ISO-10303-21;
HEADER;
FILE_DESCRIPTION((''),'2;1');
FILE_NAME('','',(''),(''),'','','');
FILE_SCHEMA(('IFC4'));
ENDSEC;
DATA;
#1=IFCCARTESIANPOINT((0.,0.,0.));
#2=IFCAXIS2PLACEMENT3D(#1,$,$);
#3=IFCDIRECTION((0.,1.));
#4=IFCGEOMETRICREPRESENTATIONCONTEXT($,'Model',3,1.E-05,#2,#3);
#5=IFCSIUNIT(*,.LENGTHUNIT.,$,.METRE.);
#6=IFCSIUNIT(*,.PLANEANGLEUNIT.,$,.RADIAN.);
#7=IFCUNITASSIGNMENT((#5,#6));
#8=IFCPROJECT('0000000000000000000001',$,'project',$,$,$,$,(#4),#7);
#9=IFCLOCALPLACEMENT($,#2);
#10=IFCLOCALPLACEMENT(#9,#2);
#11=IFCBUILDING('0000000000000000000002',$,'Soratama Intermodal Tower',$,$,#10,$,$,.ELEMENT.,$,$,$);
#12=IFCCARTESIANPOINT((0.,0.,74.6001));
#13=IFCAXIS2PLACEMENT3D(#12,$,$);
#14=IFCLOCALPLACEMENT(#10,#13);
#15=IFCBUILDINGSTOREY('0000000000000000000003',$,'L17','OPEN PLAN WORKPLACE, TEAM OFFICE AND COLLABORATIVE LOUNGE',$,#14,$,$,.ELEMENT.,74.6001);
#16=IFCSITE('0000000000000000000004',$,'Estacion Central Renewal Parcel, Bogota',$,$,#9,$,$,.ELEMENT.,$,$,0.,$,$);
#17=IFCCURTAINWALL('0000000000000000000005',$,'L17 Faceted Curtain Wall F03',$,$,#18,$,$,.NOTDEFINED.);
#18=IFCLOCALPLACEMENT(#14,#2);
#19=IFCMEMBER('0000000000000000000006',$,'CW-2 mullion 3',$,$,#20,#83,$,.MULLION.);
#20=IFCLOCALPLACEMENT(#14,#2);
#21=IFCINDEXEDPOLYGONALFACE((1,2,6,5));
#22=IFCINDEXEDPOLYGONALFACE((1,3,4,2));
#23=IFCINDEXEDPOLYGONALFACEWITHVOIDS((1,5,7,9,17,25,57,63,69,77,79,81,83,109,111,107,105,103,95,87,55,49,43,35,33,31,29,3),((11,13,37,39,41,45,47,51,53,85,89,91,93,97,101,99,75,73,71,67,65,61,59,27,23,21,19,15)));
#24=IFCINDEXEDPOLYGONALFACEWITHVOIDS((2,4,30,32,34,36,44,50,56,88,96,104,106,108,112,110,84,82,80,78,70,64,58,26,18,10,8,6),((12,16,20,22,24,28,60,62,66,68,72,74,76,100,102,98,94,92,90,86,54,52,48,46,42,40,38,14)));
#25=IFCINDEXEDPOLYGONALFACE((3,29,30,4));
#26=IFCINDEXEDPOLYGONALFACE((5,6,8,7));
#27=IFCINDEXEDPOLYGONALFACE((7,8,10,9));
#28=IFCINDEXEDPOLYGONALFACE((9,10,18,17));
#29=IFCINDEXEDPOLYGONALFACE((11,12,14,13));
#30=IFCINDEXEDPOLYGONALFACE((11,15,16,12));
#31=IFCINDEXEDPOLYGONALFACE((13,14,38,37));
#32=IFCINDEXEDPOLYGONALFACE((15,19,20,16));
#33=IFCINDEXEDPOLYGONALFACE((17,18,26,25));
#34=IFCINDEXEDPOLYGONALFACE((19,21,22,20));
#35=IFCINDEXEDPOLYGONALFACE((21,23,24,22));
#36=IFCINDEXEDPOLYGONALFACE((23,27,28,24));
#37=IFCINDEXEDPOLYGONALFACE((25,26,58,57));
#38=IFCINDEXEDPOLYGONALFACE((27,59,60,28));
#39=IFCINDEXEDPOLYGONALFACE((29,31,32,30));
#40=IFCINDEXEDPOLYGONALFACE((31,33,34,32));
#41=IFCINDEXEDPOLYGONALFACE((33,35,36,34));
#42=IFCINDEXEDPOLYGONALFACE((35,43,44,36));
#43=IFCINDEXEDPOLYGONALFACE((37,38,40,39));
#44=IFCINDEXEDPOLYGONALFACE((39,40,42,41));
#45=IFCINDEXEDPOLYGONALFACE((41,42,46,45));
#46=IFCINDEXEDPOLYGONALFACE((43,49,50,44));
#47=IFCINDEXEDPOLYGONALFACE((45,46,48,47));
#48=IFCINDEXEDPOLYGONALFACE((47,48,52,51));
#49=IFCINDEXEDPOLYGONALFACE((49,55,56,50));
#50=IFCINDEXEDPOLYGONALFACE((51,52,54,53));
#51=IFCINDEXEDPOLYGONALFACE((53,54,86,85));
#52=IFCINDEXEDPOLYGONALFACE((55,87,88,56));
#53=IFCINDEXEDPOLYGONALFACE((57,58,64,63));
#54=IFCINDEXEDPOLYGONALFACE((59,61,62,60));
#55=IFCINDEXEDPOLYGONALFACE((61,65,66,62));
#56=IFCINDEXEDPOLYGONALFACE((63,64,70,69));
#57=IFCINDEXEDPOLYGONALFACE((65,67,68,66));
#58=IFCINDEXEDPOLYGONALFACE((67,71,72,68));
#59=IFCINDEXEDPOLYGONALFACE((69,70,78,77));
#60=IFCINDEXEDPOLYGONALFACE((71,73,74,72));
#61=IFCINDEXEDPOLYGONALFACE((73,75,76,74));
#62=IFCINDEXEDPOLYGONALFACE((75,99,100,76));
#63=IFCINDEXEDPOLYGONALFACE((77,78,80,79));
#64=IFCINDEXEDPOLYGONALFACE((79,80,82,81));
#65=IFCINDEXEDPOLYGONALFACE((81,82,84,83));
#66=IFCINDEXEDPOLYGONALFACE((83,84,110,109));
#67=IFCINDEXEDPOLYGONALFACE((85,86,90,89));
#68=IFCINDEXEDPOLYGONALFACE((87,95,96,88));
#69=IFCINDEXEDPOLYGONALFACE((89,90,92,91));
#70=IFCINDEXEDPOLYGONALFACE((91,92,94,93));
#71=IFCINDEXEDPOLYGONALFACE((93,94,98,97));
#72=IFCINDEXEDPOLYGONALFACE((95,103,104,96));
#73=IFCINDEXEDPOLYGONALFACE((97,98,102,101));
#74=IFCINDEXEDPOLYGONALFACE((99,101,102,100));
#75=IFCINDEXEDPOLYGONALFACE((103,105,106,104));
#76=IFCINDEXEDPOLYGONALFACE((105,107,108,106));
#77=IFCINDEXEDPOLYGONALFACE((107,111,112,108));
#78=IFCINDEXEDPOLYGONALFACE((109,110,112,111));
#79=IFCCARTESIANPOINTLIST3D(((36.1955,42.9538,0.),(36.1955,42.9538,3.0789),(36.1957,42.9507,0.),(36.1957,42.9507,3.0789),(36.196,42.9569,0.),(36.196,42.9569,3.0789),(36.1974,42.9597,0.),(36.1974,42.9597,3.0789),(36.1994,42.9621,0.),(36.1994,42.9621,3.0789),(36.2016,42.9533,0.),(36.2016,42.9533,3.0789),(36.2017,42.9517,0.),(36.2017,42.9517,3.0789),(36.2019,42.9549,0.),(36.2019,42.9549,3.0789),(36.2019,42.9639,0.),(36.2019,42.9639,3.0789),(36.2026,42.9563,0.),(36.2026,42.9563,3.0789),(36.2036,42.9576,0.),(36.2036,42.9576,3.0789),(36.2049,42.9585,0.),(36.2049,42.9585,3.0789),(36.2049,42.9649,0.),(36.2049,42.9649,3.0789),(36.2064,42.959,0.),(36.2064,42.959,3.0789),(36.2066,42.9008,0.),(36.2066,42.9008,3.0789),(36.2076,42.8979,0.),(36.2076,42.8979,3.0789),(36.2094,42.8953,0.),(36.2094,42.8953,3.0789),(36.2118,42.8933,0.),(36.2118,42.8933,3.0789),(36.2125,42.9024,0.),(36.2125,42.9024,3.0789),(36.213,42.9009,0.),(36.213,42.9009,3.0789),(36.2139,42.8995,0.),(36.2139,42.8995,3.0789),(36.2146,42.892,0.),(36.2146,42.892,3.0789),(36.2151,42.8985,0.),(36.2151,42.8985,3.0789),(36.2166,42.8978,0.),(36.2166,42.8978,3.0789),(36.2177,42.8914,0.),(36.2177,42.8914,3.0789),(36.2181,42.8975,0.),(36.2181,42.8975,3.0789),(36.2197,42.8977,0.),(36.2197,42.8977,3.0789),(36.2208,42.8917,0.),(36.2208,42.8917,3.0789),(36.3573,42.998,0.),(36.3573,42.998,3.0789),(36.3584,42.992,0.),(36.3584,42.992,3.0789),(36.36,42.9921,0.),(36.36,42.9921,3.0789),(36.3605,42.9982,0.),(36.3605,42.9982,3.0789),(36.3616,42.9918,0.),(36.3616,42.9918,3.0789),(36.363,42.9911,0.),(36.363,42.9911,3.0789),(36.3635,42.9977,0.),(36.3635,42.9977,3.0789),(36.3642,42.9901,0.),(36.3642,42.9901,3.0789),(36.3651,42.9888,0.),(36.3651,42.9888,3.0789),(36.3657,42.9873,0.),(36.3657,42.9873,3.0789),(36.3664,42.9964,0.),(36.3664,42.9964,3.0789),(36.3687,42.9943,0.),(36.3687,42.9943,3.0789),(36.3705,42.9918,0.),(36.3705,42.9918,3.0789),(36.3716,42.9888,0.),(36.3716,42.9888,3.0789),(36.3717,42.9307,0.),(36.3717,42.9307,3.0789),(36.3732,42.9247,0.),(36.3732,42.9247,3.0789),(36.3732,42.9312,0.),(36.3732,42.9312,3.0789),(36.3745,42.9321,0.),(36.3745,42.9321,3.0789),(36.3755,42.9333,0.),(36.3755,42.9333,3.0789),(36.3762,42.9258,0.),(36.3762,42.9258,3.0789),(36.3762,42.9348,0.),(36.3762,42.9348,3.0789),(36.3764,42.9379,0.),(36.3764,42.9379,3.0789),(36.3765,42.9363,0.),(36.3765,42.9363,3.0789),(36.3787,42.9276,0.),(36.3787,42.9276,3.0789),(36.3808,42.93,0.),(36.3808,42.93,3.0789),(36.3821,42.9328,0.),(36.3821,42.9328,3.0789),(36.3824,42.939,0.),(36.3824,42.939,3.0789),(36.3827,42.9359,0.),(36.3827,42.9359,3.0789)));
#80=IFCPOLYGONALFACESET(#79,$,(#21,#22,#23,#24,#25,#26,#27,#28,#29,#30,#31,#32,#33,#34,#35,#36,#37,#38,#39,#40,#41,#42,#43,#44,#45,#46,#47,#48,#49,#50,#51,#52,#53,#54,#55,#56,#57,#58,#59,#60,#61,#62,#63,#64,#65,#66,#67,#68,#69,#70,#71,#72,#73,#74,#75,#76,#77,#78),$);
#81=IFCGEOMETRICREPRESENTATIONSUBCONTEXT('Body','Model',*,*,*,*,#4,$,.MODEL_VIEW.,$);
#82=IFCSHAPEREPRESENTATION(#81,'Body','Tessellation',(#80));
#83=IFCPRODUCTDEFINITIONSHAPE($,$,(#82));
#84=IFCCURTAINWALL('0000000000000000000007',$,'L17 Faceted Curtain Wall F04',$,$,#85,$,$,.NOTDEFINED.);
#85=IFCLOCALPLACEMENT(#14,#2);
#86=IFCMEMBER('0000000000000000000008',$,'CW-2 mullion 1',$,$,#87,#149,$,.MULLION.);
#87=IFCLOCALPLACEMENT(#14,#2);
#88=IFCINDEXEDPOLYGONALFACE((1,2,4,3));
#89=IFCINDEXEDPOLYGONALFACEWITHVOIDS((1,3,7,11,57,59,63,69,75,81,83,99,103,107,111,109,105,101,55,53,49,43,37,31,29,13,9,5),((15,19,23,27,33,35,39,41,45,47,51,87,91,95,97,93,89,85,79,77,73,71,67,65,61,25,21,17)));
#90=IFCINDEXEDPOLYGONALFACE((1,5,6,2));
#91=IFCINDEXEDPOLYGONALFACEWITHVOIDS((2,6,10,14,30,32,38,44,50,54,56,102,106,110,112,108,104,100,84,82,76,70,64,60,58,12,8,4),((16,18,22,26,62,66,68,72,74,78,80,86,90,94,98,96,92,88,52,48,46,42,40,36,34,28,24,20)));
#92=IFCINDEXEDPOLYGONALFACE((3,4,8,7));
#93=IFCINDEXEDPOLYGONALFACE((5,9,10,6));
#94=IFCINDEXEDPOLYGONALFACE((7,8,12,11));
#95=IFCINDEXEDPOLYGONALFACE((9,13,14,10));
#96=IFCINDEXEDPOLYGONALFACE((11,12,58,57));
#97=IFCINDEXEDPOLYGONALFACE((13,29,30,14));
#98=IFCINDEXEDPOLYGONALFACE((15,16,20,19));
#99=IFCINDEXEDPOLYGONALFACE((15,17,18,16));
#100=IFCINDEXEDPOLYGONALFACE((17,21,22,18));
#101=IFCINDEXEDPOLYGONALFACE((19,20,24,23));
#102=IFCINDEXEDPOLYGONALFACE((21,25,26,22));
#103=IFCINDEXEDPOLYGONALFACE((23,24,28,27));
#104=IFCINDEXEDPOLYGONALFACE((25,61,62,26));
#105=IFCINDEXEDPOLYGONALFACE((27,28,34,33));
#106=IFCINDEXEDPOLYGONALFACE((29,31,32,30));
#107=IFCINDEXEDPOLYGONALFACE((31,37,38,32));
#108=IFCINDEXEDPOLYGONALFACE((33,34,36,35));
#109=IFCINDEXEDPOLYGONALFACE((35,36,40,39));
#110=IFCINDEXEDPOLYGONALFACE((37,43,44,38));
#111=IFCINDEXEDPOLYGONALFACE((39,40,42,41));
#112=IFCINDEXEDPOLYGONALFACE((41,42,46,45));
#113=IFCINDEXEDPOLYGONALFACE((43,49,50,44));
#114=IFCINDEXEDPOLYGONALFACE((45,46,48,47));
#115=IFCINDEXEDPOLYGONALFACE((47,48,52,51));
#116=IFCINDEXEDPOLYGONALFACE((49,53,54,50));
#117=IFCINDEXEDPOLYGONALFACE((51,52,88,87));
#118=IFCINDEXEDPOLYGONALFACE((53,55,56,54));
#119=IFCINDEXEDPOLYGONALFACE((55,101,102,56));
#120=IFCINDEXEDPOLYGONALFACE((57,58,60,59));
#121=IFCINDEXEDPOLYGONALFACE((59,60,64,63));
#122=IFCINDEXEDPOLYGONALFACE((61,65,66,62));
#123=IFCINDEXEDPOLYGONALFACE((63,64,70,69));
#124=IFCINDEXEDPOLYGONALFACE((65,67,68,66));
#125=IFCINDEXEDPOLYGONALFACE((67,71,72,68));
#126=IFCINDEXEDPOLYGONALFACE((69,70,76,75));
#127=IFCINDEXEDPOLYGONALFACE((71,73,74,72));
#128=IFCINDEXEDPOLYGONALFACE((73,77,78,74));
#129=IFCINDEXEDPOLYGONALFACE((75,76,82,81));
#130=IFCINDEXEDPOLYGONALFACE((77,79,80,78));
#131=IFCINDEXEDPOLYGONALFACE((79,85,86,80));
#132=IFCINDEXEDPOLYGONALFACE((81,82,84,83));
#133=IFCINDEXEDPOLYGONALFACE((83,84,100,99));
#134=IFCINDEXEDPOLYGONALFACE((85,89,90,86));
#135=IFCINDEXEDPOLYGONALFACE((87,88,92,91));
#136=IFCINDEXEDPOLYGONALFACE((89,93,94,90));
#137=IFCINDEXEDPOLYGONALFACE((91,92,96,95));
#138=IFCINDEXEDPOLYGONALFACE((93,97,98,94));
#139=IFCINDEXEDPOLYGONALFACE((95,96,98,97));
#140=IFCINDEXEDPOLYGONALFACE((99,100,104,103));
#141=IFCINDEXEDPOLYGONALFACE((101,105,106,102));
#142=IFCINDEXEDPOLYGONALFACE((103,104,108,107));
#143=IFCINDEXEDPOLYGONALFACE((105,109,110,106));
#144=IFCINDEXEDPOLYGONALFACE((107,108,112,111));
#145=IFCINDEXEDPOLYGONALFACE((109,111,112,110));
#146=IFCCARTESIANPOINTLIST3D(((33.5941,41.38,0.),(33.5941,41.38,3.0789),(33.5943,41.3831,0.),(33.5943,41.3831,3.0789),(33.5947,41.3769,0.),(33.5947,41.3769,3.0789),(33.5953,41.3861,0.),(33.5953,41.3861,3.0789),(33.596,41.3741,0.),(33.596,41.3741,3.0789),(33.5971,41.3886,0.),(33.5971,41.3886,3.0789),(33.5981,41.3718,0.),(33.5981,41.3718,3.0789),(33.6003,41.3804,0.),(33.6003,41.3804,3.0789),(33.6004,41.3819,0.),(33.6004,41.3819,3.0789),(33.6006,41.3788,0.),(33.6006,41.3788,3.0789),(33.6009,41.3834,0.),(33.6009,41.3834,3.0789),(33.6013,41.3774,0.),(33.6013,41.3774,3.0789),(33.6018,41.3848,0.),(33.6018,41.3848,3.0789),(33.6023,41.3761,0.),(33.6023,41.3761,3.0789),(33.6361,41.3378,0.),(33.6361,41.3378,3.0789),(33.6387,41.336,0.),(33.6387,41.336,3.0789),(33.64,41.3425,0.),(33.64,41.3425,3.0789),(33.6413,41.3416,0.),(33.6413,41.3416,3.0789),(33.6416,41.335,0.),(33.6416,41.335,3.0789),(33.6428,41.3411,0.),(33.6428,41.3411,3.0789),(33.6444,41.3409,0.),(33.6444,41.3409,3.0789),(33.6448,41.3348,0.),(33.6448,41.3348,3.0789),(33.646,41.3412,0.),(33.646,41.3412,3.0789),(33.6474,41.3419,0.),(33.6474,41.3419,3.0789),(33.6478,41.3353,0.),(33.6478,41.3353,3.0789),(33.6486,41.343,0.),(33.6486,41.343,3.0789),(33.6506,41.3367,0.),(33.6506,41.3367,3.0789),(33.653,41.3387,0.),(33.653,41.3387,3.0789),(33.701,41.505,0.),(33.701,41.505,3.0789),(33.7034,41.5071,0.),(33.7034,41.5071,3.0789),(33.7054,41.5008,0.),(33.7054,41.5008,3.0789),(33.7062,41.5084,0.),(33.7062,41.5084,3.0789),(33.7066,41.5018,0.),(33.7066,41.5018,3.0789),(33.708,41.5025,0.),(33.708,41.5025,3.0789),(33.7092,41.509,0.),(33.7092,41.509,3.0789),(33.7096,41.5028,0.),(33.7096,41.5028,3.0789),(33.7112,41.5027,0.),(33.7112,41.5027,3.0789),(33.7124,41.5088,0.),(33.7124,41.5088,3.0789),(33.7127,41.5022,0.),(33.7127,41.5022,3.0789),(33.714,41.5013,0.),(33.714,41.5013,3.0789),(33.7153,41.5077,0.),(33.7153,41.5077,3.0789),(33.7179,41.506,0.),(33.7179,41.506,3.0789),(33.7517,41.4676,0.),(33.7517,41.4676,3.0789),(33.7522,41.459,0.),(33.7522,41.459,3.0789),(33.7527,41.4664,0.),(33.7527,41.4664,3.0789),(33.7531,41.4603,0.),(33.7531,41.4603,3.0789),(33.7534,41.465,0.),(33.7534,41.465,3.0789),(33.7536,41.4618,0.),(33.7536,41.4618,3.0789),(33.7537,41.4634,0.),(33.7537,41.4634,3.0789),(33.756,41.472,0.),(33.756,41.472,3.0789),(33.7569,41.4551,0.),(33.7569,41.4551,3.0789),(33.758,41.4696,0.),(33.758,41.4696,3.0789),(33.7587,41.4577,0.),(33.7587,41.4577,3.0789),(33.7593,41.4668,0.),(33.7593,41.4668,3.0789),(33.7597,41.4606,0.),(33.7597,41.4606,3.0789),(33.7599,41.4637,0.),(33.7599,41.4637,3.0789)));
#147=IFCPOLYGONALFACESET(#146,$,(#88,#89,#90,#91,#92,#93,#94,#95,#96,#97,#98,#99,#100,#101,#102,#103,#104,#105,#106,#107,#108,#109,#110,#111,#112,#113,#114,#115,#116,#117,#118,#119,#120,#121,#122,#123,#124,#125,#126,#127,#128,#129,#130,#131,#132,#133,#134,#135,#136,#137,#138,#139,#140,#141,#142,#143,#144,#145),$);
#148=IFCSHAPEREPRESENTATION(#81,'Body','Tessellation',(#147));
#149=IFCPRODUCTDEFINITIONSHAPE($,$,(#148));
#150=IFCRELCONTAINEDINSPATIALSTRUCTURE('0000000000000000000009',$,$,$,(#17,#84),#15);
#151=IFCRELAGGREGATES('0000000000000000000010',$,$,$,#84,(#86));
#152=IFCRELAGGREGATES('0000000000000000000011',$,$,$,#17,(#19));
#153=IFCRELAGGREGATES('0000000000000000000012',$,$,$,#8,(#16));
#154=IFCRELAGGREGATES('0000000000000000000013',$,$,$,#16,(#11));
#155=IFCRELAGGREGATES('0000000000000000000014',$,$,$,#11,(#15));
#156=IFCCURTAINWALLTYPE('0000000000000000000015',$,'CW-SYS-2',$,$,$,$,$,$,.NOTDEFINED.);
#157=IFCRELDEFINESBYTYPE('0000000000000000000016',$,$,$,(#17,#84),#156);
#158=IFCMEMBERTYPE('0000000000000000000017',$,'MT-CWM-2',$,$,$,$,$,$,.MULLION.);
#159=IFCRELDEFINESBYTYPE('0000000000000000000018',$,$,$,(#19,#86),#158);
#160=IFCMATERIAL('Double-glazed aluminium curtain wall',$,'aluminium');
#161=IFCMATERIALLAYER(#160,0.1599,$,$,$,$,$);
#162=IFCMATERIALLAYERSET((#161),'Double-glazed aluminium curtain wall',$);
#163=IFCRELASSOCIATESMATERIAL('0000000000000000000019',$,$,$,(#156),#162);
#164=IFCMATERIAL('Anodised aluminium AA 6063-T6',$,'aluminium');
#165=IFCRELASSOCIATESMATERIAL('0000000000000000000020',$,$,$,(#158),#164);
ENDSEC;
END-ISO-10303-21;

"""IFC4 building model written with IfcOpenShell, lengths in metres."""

from ifc_helpers import new_model, si_unit, direction, frame, origin, origin_2d, place, context, subcontext, project, spatial, hollow_rectangle, extrude, material, layer, layer_set, material_profile, profile_set, type_object, element, aggregate, save


model = new_model("IFC4")

# Units and contexts
model_context = context("Model", 3, precision=1e-05, world=origin(), true_north=direction((0.0, 1.0)))
body_context = subcontext(model_context, "Body", "Model", "MODEL_VIEW")
ifc_project = project(units=[si_unit("LENGTHUNIT", "METRE"), si_unit("PLANEANGLEUNIT", "RADIAN")], contexts=[model_context])

# Site, building, storey
site_placement = place(None, origin())
site = spatial("IfcSite", under=ifc_project, at=site_placement, Name="Estacion Central Renewal Parcel, Bogota", CompositionType="ELEMENT", RefElevation=0.0)
building_placement = place(site_placement, origin())
building = spatial("IfcBuilding", under=site, at=building_placement, Name="Soratama Intermodal Tower", CompositionType="ELEMENT")
storey_placement = place(building_placement, frame((0.0, 0.0, 74.6001)))
storey = spatial("IfcBuildingStorey", under=building, at=storey_placement, Name="L17", Description="OPEN PLAN WORKPLACE, TEAM OFFICE AND COLLABORATIVE LOUNGE", CompositionType="ELEMENT", Elevation=74.6001)

# Curtain wall, member
ifc_material_1 = material(Name="Double-glazed aluminium curtain wall", Category="aluminium")
ifc_layer_1 = layer(ifc_material_1, 0.1599)
ifc_layer_set_1 = layer_set([ifc_layer_1], Name="Double-glazed aluminium curtain wall")
curtain_wall_type = type_object("IfcCurtainWallType", Name="CW-SYS-2", PredefinedType="NOTDEFINED", material=ifc_layer_set_1)
curtain_wall_1_placement = place(storey_placement, origin())
curtain_wall_1 = element("IfcCurtainWall", 1, at=curtain_wall_1_placement, inside=storey, type_object=curtain_wall_type, Name="L17 Faceted Curtain Wall F03", PredefinedType="NOTDEFINED")
ifc_material_2 = material(Name="Anodised aluminium AA 6063-T6", Category="aluminium")
ifc_material_profile_1 = material_profile(ifc_material_2, hollow_rectangle(XDim=0.075, YDim=0.1799, WallThickness=0.0061, InnerFilletRadius=0.0061, OuterFilletRadius=0.012, at=origin_2d()), Name="CWM180X75X6")
ifc_profile_set_1 = profile_set([ifc_material_profile_1], Name="Anodised aluminium AA 6063-T6")
member_type_1 = type_object("IfcMemberType", Name="MT-CWM-2", PredefinedType="MULLION", material=ifc_profile_set_1)
member_1_placement = place(storey_placement, frame((36.2891, 42.9448, 0.0), z_axis=(0.0, 0.0, 1.0), x_axis=(0.211999, -0.97727, 0.0)))
member_1 = element("IfcMember", 2, at=member_1_placement, type_object=member_type_1, Name="CW-2 mullion 3", PredefinedType="MULLION", context=body_context, shape_type="SweptSolid", body=[
    extrude(hollow_rectangle(XDim=0.075, YDim=0.1799, WallThickness=0.0061, InnerFilletRadius=0.0061, OuterFilletRadius=0.012, at=origin_2d()), origin(), (0.0, 0.0, 1.0), 3.0789),
])

# Curtain wall, member
curtain_wall_2_placement = place(storey_placement, origin())
curtain_wall_2 = element("IfcCurtainWall", 3, at=curtain_wall_2_placement, inside=storey, type_object=curtain_wall_type, Name="L17 Faceted Curtain Wall F04", PredefinedType="NOTDEFINED")
member_2_placement = place(storey_placement, frame((33.677, 41.4219, 0.0), z_axis=(0.0, 0.0, 1.0), x_axis=(0.745937, -0.666017, 0.0)))
member_2 = element("IfcMember", 4, at=member_2_placement, type_object=member_type_1, Name="CW-2 mullion 1", PredefinedType="MULLION", context=body_context, shape_type="SweptSolid", body=[
    extrude(hollow_rectangle(XDim=0.075, YDim=0.1799, WallThickness=0.0061, InnerFilletRadius=0.0061, OuterFilletRadius=0.012, at=origin_2d()), origin(), (0.0, 0.0, 1.0), 3.0789),
])
aggregate(curtain_wall_2, [member_2])

aggregate(curtain_wall_1, [member_1])

save(model, "model.ifc")
